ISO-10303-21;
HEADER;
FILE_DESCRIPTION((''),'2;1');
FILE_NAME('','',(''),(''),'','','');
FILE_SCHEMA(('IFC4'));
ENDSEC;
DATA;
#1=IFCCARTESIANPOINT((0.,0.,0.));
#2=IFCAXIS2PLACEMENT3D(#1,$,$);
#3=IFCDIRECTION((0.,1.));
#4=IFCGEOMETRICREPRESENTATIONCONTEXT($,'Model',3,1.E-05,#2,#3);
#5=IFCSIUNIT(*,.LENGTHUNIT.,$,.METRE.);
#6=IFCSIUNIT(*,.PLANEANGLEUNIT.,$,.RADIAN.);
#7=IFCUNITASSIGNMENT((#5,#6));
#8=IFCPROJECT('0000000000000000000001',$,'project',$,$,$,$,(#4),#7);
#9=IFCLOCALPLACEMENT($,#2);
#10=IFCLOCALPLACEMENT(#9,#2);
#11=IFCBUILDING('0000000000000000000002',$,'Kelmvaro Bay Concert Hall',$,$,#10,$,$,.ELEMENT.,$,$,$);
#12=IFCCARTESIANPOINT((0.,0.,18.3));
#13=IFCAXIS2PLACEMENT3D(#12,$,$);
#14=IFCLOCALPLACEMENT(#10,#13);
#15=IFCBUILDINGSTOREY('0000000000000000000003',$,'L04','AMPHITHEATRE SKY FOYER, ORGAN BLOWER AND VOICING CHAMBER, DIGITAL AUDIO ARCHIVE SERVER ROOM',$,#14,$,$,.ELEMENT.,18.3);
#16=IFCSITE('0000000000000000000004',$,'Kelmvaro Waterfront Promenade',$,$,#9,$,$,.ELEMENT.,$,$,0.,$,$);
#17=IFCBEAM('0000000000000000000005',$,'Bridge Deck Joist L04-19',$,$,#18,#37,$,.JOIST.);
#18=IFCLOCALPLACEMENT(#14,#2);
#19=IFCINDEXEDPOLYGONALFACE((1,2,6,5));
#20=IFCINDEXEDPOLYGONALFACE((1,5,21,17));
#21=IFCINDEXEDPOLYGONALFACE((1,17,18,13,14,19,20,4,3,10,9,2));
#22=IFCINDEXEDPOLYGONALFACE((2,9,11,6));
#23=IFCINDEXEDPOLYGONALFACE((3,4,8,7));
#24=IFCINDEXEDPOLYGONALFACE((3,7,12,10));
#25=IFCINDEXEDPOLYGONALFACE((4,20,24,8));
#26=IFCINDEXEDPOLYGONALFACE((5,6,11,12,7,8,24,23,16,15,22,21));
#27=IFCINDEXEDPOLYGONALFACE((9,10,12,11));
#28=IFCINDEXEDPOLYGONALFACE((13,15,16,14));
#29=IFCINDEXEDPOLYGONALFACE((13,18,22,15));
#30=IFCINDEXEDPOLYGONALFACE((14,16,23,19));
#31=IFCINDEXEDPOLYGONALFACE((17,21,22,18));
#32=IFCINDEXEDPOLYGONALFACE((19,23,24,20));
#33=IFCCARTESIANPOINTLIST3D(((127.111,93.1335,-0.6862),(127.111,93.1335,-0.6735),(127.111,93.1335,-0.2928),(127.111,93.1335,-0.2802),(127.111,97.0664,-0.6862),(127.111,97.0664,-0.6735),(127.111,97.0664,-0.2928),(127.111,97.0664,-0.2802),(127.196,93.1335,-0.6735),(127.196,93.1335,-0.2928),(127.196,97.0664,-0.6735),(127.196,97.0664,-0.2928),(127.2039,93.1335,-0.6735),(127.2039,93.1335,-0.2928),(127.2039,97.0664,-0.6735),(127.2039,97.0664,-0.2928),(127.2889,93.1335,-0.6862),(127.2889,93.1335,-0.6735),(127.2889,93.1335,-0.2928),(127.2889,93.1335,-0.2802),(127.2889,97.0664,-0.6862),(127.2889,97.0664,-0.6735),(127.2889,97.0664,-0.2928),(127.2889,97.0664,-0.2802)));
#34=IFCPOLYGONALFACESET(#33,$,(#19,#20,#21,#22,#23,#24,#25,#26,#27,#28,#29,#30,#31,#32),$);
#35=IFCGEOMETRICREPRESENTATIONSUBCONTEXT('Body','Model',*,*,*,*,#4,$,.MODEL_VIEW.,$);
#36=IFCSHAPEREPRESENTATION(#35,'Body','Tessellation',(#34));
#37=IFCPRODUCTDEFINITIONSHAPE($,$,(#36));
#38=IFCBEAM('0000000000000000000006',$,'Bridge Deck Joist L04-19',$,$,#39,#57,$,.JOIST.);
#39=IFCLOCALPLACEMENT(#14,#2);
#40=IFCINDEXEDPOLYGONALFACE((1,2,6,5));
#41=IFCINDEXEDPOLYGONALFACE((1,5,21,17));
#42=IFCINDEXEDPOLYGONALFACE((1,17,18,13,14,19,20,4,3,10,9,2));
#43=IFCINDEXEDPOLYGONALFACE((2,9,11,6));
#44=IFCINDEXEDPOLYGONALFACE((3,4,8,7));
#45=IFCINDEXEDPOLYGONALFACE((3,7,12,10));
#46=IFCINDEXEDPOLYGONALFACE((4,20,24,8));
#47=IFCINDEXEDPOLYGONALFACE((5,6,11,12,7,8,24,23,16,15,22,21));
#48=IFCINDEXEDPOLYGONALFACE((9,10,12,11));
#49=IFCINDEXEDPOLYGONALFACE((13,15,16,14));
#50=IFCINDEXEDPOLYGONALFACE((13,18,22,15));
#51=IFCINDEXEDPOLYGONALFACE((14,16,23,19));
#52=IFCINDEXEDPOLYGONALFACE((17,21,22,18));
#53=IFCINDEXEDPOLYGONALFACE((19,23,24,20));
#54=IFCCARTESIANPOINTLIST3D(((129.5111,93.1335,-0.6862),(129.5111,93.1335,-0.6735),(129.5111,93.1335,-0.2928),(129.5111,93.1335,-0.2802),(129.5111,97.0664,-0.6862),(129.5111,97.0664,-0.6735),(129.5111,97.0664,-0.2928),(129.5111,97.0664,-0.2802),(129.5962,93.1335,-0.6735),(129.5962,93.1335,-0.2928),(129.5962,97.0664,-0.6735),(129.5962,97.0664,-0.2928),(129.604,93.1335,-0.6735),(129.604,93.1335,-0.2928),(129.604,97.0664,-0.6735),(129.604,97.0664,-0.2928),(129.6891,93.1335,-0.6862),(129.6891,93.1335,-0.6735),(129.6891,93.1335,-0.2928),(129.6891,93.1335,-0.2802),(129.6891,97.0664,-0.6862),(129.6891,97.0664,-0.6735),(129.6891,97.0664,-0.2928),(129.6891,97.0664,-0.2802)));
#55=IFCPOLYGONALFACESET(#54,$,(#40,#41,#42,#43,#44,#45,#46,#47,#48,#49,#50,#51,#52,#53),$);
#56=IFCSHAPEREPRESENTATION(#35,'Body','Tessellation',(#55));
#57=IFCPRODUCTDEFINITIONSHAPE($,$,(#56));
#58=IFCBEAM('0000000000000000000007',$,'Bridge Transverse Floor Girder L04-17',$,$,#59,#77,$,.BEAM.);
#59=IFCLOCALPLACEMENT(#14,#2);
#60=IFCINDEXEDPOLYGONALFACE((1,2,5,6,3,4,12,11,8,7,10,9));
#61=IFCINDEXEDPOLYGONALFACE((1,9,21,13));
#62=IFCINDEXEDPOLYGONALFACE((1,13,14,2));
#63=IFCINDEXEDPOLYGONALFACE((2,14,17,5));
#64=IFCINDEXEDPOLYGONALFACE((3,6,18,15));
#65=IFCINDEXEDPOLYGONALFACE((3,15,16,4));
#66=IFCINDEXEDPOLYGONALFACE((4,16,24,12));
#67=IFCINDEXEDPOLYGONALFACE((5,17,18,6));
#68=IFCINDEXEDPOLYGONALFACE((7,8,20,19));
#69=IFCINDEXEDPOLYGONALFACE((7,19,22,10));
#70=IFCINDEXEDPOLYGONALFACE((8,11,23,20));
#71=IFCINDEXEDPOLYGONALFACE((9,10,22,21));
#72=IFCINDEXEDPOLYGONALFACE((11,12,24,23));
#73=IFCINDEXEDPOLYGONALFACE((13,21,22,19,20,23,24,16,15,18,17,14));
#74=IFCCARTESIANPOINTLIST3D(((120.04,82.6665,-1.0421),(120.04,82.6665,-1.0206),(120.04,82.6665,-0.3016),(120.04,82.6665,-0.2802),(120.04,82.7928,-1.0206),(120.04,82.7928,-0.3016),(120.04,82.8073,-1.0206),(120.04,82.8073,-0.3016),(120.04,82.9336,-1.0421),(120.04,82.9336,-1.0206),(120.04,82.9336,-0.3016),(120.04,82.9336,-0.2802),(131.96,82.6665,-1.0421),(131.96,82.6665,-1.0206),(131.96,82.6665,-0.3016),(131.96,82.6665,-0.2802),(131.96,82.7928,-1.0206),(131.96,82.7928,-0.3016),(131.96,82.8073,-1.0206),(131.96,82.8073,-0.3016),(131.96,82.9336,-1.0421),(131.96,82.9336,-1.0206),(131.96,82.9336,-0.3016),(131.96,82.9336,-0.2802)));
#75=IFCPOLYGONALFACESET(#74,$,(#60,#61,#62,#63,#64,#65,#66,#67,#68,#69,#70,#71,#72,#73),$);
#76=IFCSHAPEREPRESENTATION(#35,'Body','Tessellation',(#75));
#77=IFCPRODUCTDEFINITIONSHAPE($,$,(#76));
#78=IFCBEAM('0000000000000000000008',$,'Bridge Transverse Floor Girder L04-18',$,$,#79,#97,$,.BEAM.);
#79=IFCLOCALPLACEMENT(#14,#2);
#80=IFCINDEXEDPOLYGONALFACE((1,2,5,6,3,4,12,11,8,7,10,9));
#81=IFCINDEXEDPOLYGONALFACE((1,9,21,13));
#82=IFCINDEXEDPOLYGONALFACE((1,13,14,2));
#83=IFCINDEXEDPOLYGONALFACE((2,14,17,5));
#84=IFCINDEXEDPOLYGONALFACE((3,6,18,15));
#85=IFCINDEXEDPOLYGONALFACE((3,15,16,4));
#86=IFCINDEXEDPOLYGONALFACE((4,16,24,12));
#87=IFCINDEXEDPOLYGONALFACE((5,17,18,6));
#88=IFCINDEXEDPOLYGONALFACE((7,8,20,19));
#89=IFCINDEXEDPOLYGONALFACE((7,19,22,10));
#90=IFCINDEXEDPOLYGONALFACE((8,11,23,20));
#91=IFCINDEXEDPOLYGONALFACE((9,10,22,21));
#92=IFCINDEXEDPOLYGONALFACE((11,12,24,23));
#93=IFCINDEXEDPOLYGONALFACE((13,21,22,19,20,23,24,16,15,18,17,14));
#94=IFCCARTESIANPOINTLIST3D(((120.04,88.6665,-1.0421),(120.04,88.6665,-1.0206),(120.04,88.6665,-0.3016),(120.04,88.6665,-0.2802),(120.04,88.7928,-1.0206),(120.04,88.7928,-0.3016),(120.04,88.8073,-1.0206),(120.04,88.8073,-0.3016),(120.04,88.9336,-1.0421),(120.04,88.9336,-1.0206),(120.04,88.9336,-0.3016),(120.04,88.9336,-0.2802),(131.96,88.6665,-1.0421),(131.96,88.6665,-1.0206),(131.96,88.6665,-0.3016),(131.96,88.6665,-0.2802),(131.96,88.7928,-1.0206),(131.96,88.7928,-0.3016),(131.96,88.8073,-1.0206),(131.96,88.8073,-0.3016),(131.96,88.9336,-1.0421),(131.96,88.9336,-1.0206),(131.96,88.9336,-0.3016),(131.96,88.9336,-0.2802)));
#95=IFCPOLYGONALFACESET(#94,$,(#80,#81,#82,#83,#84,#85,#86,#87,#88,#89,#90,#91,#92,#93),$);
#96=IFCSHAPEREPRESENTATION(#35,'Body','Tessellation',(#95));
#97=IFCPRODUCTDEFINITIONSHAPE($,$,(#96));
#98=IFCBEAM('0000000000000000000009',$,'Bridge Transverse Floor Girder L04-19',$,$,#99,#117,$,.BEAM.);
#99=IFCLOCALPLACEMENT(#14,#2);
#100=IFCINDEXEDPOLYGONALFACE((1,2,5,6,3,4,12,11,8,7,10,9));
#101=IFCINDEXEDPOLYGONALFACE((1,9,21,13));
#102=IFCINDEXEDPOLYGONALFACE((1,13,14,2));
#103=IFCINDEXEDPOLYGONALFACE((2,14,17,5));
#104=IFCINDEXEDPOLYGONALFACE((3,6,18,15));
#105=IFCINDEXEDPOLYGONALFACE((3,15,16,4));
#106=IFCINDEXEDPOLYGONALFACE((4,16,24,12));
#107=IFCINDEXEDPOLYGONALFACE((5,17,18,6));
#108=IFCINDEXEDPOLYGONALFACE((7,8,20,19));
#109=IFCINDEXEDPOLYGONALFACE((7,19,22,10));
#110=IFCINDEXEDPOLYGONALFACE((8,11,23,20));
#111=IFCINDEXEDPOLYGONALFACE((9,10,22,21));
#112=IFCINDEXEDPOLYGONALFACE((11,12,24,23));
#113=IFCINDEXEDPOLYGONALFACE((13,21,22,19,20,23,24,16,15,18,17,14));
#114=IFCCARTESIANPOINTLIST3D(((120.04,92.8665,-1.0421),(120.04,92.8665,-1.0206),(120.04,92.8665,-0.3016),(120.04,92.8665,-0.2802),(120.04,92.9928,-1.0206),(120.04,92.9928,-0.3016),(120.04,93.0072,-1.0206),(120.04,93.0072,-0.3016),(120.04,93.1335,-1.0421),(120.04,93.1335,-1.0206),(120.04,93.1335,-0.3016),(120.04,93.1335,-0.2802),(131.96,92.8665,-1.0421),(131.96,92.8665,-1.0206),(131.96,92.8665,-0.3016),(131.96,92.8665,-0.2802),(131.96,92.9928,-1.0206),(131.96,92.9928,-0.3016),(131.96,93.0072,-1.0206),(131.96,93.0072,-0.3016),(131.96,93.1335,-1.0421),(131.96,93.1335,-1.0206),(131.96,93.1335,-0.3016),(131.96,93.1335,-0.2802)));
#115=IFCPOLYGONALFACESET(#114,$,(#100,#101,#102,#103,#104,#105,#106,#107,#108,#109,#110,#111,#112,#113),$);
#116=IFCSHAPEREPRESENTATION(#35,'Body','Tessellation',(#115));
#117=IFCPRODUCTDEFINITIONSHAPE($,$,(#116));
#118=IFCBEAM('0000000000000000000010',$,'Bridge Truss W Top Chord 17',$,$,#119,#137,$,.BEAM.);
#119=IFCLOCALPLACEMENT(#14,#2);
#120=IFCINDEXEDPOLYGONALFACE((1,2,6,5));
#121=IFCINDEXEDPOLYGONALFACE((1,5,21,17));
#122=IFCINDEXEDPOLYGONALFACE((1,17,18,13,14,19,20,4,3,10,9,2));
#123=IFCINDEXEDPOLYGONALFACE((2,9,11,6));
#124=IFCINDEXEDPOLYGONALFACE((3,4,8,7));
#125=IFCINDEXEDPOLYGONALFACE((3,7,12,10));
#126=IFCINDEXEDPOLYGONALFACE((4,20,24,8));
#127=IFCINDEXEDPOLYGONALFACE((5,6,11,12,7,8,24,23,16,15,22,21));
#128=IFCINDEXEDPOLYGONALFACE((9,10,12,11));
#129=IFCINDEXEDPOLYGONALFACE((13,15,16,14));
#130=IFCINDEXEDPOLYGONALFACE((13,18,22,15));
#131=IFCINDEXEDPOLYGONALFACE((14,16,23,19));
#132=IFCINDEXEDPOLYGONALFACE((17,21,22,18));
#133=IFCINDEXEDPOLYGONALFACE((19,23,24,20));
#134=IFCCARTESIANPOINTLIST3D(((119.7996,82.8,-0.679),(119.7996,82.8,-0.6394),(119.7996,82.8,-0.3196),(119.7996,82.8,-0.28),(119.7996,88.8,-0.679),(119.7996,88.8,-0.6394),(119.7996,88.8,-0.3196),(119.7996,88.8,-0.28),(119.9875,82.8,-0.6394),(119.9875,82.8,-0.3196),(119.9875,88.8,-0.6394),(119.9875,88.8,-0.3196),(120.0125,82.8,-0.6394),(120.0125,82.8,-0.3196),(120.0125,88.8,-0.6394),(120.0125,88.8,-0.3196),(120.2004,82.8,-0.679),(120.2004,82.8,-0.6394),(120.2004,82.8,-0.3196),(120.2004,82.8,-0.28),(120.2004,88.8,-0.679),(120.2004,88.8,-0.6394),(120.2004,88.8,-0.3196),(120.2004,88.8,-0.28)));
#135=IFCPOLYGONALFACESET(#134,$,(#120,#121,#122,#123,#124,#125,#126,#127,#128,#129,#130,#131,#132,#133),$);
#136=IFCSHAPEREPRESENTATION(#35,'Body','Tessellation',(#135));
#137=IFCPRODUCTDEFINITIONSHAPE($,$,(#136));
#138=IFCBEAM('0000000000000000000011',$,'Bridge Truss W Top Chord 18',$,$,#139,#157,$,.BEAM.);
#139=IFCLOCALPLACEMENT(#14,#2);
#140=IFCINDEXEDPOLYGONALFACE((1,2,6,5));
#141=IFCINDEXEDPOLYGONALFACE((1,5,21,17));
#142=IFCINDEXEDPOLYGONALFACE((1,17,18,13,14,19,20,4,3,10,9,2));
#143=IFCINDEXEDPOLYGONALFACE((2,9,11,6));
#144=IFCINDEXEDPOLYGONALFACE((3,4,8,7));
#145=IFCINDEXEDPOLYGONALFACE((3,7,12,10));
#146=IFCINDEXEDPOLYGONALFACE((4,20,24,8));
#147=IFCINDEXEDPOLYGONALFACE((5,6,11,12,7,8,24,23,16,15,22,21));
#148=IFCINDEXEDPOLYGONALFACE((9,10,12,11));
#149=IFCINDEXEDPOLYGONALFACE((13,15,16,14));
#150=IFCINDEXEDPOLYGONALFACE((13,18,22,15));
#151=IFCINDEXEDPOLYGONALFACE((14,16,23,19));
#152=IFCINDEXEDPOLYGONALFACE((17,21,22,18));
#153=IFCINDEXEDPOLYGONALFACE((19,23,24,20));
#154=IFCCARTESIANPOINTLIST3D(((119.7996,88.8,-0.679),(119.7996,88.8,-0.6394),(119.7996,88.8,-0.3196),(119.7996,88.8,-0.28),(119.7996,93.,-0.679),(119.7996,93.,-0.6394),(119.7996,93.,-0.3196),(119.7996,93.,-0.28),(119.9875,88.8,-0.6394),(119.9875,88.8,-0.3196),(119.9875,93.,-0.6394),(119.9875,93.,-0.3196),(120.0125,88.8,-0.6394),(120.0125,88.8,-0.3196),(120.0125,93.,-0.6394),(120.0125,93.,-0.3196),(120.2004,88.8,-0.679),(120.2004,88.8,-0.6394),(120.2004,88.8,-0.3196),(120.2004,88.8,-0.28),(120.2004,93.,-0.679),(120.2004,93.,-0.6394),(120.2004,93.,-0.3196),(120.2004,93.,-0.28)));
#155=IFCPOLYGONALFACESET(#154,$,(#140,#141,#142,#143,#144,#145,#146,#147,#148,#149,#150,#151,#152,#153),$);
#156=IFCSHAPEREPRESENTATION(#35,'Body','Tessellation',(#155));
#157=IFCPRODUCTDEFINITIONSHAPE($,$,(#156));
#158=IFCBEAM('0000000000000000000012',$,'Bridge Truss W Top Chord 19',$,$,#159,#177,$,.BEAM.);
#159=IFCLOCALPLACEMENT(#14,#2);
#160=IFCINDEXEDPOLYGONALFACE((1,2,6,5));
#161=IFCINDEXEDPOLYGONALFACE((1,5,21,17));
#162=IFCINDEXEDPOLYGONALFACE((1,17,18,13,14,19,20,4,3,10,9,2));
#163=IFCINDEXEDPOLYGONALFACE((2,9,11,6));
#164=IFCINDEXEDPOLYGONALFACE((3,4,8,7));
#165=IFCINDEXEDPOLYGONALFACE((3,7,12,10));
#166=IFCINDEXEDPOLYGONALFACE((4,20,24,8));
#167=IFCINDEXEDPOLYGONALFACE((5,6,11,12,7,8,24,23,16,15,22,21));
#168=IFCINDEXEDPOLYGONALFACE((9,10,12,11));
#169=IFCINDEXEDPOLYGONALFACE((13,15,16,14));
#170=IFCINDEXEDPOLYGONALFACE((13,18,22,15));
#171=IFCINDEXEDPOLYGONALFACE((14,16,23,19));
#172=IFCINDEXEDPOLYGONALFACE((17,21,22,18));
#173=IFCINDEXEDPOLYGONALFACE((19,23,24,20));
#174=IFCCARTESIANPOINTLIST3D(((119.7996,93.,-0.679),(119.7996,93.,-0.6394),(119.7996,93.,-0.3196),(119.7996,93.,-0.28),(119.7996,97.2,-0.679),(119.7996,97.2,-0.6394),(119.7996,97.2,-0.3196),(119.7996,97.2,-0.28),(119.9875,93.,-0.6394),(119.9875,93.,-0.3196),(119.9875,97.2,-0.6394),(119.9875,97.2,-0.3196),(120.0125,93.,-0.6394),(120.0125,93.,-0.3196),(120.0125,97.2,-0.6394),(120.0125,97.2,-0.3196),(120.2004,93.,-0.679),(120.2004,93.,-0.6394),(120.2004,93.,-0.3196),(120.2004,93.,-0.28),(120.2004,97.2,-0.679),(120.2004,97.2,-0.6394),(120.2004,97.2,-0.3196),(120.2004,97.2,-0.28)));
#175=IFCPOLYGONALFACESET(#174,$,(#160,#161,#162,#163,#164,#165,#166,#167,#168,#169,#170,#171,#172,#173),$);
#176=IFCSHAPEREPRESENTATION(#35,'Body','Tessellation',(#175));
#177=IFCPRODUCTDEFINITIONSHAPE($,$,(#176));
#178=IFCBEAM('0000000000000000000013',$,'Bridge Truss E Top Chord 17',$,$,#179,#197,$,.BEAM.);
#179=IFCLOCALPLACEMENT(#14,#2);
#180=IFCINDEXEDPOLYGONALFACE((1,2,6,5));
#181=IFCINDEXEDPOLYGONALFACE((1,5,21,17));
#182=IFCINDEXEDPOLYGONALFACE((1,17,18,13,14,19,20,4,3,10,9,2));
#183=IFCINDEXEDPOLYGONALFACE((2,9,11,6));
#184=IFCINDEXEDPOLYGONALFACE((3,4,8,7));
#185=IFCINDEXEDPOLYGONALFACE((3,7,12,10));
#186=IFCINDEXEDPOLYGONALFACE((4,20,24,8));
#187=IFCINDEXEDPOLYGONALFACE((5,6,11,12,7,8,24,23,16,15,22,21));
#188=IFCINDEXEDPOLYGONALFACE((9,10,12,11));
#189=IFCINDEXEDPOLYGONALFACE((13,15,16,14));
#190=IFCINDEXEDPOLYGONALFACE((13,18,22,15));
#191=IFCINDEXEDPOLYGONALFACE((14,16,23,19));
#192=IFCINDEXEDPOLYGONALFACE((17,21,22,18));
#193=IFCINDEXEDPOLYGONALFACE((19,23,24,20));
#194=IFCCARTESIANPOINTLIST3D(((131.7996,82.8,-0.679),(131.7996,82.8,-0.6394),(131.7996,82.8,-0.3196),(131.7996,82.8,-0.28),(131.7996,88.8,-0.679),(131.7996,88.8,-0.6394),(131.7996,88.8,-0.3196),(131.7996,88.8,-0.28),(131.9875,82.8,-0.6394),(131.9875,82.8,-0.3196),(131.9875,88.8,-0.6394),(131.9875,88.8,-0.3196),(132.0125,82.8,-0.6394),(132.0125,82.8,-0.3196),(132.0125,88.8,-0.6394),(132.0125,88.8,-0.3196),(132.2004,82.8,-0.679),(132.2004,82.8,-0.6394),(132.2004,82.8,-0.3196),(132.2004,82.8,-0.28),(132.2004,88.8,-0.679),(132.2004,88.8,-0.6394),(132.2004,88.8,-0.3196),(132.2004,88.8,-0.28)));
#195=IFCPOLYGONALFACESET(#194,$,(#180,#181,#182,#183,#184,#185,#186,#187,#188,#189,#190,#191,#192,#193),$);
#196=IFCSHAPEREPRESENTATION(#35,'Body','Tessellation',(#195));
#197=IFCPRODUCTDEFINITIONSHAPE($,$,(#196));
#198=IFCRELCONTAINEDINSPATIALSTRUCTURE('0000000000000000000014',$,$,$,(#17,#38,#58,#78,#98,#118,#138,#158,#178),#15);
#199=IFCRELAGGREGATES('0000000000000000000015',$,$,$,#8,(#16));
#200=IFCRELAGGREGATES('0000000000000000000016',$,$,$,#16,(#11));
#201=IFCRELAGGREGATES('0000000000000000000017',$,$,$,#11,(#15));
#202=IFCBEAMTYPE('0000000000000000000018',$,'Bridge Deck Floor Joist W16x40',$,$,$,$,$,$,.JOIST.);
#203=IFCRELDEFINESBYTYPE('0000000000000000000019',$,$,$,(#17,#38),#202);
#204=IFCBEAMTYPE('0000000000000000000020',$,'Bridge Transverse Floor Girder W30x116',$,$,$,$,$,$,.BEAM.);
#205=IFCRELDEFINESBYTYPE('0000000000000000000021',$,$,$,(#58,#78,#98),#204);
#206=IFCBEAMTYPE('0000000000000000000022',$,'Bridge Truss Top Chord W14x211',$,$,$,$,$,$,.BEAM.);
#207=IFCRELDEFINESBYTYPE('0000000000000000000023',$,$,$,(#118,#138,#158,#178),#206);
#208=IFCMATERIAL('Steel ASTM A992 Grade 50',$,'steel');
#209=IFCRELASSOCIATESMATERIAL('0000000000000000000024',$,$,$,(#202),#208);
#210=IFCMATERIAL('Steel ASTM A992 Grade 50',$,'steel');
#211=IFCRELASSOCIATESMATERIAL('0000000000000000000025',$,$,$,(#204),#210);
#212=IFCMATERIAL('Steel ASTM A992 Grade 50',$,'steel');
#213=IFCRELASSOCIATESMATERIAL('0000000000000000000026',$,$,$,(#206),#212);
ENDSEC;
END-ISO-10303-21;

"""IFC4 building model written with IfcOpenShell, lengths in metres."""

from ifc_helpers import new_model, si_unit, direction, frame, origin, origin_2d, place, context, subcontext, project, spatial, i_section, extrude, material, material_profile, profile_set, type_object, element, save


model = new_model("IFC4")

# Units and contexts
model_context = context("Model", 3, precision=1e-05, world=origin(), true_north=direction((0.0, 1.0)))
body_context = subcontext(model_context, "Body", "Model", "MODEL_VIEW")
ifc_project = project(units=[si_unit("LENGTHUNIT", "METRE"), si_unit("PLANEANGLEUNIT", "RADIAN")], contexts=[model_context])

# Site, building, storey
site_placement = place(None, origin())
site = spatial("IfcSite", under=ifc_project, at=site_placement, Name="Kelmvaro Waterfront Promenade", CompositionType="ELEMENT", RefElevation=0.0)
building_placement = place(site_placement, origin())
building = spatial("IfcBuilding", under=site, at=building_placement, Name="Kelmvaro Bay Concert Hall", CompositionType="ELEMENT")
storey_placement = place(building_placement, frame((0.0, 0.0, 18.3)))
storey = spatial("IfcBuildingStorey", under=building, at=storey_placement, Name="L04", Description="AMPHITHEATRE SKY FOYER, ORGAN BLOWER AND VOICING CHAMBER, DIGITAL AUDIO ARCHIVE SERVER ROOM", CompositionType="ELEMENT", Elevation=18.3)

# Beams
ifc_material_1 = material(Name="Steel ASTM A992 Grade 50", Category="steel")
ifc_material_profile_1 = material_profile(ifc_material_1, i_section(OverallWidth=0.178, OverallDepth=0.406, WebThickness=0.0078, FlangeThickness=0.0127, at=origin_2d()), Name="W16X40")
ifc_profile_set_1 = profile_set([ifc_material_profile_1], Name="Steel ASTM A992 Grade 50")
beam_type_1 = type_object("IfcBeamType", Name="Bridge Deck Floor Joist W16x40", PredefinedType="JOIST", material=ifc_profile_set_1)
for number, where, z_axis, x_axis, name in (
    (1, (127.2, 93.1335, -0.4832), (0.0, 1.0, 0.0), (-1.0, 0.0, 0.0), "Bridge Deck Joist L04-19"),
    (2, (129.6001, 93.1335, -0.4832), (0.0, 1.0, 0.0), (-1.0, 0.0, 0.0), "Bridge Deck Joist L04-19"),
):
    element("IfcBeam", number, at=place(storey_placement, frame(where, z_axis=z_axis, x_axis=x_axis)), inside=storey, type_object=beam_type_1, Name=name, PredefinedType="JOIST", context=body_context, shape_type="SweptSolid", body=[
        extrude(i_section(OverallWidth=0.178, OverallDepth=0.406, WebThickness=0.0078, FlangeThickness=0.0127, at=origin_2d()), origin(), (0.0, 0.0, 1.0), 3.9329),
    ])
ifc_material_2 = material(Name="Steel ASTM A992 Grade 50", Category="steel")
ifc_material_profile_2 = material_profile(ifc_material_2, i_section(OverallWidth=0.2671, OverallDepth=0.762, WebThickness=0.0144, FlangeThickness=0.0215, at=origin_2d()), Name="W30X116")
ifc_profile_set_2 = profile_set([ifc_material_profile_2], Name="Steel ASTM A992 Grade 50")
beam_type_2 = type_object("IfcBeamType", Name="Bridge Transverse Floor Girder W30x116", PredefinedType="BEAM", material=ifc_profile_set_2)
for number, where, z_axis, x_axis, name in (
    (3, (120.04, 82.8, -0.6611), (1.0, 0.0, 0.0), (0.0, 1.0, 0.0), "Bridge Transverse Floor Girder L04-17"),
    (4, (120.04, 88.8, -0.6611), (1.0, 0.0, 0.0), (0.0, 1.0, 0.0), "Bridge Transverse Floor Girder L04-18"),
    (5, (120.04, 93.0, -0.6611), (1.0, 0.0, 0.0), (0.0, 1.0, 0.0), "Bridge Transverse Floor Girder L04-19"),
):
    element("IfcBeam", number, at=place(storey_placement, frame(where, z_axis=z_axis, x_axis=x_axis)), inside=storey, type_object=beam_type_2, Name=name, PredefinedType="BEAM", context=body_context, shape_type="SweptSolid", body=[
        extrude(i_section(OverallWidth=0.2671, OverallDepth=0.762, WebThickness=0.0144, FlangeThickness=0.0215, at=origin_2d()), origin(), (0.0, 0.0, 1.0), 11.9199),
    ])
ifc_material_3 = material(Name="Steel ASTM A992 Grade 50", Category="steel")
ifc_material_profile_3 = material_profile(ifc_material_3, i_section(OverallWidth=0.4009, OverallDepth=0.3989, WebThickness=0.0249, FlangeThickness=0.0396, at=origin_2d()), Name="W14X211")
ifc_profile_set_3 = profile_set([ifc_material_profile_3], Name="Steel ASTM A992 Grade 50")
beam_type_3 = type_object("IfcBeamType", Name="Bridge Truss Top Chord W14x211", PredefinedType="BEAM", material=ifc_profile_set_3)
beam_1_placement = place(storey_placement, frame((120.0, 82.8, -0.4795), z_axis=(0.0, 1.0, 0.0), x_axis=(-1.0, 0.0, 0.0)))
element("IfcBeam", 6, at=beam_1_placement, inside=storey, type_object=beam_type_3, Name="Bridge Truss W Top Chord 17", PredefinedType="BEAM", context=body_context, shape_type="SweptSolid", body=[
    extrude(i_section(OverallWidth=0.4009, OverallDepth=0.3989, WebThickness=0.0249, FlangeThickness=0.0396, at=origin_2d()), origin(), (0.0, 0.0, 1.0), 6.0),
])
for number, where, z_axis, x_axis, name in (
    (7, (120.0, 88.8, -0.4795), (0.0, 1.0, 0.0), (-1.0, 0.0, 0.0), "Bridge Truss W Top Chord 18"),
    (8, (120.0, 93.0, -0.4795), (0.0, 1.0, 0.0), (-1.0, 0.0, 0.0), "Bridge Truss W Top Chord 19"),
):
    element("IfcBeam", number, at=place(storey_placement, frame(where, z_axis=z_axis, x_axis=x_axis)), inside=storey, type_object=beam_type_3, Name=name, PredefinedType="BEAM", context=body_context, shape_type="SweptSolid", body=[
        extrude(i_section(OverallWidth=0.4009, OverallDepth=0.3989, WebThickness=0.0249, FlangeThickness=0.0396, at=origin_2d()), origin(), (0.0, 0.0, 1.0), 4.2),
    ])
beam_2_placement = place(storey_placement, frame((132.0, 82.8, -0.4795), z_axis=(0.0, 1.0, 0.0), x_axis=(-1.0, 0.0, 0.0)))
element("IfcBeam", 9, at=beam_2_placement, inside=storey, type_object=beam_type_3, Name="Bridge Truss E Top Chord 17", PredefinedType="BEAM", context=body_context, shape_type="SweptSolid", body=[
    extrude(i_section(OverallWidth=0.4009, OverallDepth=0.3989, WebThickness=0.0249, FlangeThickness=0.0396, at=origin_2d()), origin(), (0.0, 0.0, 1.0), 6.0),
])

save(model, "model.ifc")
